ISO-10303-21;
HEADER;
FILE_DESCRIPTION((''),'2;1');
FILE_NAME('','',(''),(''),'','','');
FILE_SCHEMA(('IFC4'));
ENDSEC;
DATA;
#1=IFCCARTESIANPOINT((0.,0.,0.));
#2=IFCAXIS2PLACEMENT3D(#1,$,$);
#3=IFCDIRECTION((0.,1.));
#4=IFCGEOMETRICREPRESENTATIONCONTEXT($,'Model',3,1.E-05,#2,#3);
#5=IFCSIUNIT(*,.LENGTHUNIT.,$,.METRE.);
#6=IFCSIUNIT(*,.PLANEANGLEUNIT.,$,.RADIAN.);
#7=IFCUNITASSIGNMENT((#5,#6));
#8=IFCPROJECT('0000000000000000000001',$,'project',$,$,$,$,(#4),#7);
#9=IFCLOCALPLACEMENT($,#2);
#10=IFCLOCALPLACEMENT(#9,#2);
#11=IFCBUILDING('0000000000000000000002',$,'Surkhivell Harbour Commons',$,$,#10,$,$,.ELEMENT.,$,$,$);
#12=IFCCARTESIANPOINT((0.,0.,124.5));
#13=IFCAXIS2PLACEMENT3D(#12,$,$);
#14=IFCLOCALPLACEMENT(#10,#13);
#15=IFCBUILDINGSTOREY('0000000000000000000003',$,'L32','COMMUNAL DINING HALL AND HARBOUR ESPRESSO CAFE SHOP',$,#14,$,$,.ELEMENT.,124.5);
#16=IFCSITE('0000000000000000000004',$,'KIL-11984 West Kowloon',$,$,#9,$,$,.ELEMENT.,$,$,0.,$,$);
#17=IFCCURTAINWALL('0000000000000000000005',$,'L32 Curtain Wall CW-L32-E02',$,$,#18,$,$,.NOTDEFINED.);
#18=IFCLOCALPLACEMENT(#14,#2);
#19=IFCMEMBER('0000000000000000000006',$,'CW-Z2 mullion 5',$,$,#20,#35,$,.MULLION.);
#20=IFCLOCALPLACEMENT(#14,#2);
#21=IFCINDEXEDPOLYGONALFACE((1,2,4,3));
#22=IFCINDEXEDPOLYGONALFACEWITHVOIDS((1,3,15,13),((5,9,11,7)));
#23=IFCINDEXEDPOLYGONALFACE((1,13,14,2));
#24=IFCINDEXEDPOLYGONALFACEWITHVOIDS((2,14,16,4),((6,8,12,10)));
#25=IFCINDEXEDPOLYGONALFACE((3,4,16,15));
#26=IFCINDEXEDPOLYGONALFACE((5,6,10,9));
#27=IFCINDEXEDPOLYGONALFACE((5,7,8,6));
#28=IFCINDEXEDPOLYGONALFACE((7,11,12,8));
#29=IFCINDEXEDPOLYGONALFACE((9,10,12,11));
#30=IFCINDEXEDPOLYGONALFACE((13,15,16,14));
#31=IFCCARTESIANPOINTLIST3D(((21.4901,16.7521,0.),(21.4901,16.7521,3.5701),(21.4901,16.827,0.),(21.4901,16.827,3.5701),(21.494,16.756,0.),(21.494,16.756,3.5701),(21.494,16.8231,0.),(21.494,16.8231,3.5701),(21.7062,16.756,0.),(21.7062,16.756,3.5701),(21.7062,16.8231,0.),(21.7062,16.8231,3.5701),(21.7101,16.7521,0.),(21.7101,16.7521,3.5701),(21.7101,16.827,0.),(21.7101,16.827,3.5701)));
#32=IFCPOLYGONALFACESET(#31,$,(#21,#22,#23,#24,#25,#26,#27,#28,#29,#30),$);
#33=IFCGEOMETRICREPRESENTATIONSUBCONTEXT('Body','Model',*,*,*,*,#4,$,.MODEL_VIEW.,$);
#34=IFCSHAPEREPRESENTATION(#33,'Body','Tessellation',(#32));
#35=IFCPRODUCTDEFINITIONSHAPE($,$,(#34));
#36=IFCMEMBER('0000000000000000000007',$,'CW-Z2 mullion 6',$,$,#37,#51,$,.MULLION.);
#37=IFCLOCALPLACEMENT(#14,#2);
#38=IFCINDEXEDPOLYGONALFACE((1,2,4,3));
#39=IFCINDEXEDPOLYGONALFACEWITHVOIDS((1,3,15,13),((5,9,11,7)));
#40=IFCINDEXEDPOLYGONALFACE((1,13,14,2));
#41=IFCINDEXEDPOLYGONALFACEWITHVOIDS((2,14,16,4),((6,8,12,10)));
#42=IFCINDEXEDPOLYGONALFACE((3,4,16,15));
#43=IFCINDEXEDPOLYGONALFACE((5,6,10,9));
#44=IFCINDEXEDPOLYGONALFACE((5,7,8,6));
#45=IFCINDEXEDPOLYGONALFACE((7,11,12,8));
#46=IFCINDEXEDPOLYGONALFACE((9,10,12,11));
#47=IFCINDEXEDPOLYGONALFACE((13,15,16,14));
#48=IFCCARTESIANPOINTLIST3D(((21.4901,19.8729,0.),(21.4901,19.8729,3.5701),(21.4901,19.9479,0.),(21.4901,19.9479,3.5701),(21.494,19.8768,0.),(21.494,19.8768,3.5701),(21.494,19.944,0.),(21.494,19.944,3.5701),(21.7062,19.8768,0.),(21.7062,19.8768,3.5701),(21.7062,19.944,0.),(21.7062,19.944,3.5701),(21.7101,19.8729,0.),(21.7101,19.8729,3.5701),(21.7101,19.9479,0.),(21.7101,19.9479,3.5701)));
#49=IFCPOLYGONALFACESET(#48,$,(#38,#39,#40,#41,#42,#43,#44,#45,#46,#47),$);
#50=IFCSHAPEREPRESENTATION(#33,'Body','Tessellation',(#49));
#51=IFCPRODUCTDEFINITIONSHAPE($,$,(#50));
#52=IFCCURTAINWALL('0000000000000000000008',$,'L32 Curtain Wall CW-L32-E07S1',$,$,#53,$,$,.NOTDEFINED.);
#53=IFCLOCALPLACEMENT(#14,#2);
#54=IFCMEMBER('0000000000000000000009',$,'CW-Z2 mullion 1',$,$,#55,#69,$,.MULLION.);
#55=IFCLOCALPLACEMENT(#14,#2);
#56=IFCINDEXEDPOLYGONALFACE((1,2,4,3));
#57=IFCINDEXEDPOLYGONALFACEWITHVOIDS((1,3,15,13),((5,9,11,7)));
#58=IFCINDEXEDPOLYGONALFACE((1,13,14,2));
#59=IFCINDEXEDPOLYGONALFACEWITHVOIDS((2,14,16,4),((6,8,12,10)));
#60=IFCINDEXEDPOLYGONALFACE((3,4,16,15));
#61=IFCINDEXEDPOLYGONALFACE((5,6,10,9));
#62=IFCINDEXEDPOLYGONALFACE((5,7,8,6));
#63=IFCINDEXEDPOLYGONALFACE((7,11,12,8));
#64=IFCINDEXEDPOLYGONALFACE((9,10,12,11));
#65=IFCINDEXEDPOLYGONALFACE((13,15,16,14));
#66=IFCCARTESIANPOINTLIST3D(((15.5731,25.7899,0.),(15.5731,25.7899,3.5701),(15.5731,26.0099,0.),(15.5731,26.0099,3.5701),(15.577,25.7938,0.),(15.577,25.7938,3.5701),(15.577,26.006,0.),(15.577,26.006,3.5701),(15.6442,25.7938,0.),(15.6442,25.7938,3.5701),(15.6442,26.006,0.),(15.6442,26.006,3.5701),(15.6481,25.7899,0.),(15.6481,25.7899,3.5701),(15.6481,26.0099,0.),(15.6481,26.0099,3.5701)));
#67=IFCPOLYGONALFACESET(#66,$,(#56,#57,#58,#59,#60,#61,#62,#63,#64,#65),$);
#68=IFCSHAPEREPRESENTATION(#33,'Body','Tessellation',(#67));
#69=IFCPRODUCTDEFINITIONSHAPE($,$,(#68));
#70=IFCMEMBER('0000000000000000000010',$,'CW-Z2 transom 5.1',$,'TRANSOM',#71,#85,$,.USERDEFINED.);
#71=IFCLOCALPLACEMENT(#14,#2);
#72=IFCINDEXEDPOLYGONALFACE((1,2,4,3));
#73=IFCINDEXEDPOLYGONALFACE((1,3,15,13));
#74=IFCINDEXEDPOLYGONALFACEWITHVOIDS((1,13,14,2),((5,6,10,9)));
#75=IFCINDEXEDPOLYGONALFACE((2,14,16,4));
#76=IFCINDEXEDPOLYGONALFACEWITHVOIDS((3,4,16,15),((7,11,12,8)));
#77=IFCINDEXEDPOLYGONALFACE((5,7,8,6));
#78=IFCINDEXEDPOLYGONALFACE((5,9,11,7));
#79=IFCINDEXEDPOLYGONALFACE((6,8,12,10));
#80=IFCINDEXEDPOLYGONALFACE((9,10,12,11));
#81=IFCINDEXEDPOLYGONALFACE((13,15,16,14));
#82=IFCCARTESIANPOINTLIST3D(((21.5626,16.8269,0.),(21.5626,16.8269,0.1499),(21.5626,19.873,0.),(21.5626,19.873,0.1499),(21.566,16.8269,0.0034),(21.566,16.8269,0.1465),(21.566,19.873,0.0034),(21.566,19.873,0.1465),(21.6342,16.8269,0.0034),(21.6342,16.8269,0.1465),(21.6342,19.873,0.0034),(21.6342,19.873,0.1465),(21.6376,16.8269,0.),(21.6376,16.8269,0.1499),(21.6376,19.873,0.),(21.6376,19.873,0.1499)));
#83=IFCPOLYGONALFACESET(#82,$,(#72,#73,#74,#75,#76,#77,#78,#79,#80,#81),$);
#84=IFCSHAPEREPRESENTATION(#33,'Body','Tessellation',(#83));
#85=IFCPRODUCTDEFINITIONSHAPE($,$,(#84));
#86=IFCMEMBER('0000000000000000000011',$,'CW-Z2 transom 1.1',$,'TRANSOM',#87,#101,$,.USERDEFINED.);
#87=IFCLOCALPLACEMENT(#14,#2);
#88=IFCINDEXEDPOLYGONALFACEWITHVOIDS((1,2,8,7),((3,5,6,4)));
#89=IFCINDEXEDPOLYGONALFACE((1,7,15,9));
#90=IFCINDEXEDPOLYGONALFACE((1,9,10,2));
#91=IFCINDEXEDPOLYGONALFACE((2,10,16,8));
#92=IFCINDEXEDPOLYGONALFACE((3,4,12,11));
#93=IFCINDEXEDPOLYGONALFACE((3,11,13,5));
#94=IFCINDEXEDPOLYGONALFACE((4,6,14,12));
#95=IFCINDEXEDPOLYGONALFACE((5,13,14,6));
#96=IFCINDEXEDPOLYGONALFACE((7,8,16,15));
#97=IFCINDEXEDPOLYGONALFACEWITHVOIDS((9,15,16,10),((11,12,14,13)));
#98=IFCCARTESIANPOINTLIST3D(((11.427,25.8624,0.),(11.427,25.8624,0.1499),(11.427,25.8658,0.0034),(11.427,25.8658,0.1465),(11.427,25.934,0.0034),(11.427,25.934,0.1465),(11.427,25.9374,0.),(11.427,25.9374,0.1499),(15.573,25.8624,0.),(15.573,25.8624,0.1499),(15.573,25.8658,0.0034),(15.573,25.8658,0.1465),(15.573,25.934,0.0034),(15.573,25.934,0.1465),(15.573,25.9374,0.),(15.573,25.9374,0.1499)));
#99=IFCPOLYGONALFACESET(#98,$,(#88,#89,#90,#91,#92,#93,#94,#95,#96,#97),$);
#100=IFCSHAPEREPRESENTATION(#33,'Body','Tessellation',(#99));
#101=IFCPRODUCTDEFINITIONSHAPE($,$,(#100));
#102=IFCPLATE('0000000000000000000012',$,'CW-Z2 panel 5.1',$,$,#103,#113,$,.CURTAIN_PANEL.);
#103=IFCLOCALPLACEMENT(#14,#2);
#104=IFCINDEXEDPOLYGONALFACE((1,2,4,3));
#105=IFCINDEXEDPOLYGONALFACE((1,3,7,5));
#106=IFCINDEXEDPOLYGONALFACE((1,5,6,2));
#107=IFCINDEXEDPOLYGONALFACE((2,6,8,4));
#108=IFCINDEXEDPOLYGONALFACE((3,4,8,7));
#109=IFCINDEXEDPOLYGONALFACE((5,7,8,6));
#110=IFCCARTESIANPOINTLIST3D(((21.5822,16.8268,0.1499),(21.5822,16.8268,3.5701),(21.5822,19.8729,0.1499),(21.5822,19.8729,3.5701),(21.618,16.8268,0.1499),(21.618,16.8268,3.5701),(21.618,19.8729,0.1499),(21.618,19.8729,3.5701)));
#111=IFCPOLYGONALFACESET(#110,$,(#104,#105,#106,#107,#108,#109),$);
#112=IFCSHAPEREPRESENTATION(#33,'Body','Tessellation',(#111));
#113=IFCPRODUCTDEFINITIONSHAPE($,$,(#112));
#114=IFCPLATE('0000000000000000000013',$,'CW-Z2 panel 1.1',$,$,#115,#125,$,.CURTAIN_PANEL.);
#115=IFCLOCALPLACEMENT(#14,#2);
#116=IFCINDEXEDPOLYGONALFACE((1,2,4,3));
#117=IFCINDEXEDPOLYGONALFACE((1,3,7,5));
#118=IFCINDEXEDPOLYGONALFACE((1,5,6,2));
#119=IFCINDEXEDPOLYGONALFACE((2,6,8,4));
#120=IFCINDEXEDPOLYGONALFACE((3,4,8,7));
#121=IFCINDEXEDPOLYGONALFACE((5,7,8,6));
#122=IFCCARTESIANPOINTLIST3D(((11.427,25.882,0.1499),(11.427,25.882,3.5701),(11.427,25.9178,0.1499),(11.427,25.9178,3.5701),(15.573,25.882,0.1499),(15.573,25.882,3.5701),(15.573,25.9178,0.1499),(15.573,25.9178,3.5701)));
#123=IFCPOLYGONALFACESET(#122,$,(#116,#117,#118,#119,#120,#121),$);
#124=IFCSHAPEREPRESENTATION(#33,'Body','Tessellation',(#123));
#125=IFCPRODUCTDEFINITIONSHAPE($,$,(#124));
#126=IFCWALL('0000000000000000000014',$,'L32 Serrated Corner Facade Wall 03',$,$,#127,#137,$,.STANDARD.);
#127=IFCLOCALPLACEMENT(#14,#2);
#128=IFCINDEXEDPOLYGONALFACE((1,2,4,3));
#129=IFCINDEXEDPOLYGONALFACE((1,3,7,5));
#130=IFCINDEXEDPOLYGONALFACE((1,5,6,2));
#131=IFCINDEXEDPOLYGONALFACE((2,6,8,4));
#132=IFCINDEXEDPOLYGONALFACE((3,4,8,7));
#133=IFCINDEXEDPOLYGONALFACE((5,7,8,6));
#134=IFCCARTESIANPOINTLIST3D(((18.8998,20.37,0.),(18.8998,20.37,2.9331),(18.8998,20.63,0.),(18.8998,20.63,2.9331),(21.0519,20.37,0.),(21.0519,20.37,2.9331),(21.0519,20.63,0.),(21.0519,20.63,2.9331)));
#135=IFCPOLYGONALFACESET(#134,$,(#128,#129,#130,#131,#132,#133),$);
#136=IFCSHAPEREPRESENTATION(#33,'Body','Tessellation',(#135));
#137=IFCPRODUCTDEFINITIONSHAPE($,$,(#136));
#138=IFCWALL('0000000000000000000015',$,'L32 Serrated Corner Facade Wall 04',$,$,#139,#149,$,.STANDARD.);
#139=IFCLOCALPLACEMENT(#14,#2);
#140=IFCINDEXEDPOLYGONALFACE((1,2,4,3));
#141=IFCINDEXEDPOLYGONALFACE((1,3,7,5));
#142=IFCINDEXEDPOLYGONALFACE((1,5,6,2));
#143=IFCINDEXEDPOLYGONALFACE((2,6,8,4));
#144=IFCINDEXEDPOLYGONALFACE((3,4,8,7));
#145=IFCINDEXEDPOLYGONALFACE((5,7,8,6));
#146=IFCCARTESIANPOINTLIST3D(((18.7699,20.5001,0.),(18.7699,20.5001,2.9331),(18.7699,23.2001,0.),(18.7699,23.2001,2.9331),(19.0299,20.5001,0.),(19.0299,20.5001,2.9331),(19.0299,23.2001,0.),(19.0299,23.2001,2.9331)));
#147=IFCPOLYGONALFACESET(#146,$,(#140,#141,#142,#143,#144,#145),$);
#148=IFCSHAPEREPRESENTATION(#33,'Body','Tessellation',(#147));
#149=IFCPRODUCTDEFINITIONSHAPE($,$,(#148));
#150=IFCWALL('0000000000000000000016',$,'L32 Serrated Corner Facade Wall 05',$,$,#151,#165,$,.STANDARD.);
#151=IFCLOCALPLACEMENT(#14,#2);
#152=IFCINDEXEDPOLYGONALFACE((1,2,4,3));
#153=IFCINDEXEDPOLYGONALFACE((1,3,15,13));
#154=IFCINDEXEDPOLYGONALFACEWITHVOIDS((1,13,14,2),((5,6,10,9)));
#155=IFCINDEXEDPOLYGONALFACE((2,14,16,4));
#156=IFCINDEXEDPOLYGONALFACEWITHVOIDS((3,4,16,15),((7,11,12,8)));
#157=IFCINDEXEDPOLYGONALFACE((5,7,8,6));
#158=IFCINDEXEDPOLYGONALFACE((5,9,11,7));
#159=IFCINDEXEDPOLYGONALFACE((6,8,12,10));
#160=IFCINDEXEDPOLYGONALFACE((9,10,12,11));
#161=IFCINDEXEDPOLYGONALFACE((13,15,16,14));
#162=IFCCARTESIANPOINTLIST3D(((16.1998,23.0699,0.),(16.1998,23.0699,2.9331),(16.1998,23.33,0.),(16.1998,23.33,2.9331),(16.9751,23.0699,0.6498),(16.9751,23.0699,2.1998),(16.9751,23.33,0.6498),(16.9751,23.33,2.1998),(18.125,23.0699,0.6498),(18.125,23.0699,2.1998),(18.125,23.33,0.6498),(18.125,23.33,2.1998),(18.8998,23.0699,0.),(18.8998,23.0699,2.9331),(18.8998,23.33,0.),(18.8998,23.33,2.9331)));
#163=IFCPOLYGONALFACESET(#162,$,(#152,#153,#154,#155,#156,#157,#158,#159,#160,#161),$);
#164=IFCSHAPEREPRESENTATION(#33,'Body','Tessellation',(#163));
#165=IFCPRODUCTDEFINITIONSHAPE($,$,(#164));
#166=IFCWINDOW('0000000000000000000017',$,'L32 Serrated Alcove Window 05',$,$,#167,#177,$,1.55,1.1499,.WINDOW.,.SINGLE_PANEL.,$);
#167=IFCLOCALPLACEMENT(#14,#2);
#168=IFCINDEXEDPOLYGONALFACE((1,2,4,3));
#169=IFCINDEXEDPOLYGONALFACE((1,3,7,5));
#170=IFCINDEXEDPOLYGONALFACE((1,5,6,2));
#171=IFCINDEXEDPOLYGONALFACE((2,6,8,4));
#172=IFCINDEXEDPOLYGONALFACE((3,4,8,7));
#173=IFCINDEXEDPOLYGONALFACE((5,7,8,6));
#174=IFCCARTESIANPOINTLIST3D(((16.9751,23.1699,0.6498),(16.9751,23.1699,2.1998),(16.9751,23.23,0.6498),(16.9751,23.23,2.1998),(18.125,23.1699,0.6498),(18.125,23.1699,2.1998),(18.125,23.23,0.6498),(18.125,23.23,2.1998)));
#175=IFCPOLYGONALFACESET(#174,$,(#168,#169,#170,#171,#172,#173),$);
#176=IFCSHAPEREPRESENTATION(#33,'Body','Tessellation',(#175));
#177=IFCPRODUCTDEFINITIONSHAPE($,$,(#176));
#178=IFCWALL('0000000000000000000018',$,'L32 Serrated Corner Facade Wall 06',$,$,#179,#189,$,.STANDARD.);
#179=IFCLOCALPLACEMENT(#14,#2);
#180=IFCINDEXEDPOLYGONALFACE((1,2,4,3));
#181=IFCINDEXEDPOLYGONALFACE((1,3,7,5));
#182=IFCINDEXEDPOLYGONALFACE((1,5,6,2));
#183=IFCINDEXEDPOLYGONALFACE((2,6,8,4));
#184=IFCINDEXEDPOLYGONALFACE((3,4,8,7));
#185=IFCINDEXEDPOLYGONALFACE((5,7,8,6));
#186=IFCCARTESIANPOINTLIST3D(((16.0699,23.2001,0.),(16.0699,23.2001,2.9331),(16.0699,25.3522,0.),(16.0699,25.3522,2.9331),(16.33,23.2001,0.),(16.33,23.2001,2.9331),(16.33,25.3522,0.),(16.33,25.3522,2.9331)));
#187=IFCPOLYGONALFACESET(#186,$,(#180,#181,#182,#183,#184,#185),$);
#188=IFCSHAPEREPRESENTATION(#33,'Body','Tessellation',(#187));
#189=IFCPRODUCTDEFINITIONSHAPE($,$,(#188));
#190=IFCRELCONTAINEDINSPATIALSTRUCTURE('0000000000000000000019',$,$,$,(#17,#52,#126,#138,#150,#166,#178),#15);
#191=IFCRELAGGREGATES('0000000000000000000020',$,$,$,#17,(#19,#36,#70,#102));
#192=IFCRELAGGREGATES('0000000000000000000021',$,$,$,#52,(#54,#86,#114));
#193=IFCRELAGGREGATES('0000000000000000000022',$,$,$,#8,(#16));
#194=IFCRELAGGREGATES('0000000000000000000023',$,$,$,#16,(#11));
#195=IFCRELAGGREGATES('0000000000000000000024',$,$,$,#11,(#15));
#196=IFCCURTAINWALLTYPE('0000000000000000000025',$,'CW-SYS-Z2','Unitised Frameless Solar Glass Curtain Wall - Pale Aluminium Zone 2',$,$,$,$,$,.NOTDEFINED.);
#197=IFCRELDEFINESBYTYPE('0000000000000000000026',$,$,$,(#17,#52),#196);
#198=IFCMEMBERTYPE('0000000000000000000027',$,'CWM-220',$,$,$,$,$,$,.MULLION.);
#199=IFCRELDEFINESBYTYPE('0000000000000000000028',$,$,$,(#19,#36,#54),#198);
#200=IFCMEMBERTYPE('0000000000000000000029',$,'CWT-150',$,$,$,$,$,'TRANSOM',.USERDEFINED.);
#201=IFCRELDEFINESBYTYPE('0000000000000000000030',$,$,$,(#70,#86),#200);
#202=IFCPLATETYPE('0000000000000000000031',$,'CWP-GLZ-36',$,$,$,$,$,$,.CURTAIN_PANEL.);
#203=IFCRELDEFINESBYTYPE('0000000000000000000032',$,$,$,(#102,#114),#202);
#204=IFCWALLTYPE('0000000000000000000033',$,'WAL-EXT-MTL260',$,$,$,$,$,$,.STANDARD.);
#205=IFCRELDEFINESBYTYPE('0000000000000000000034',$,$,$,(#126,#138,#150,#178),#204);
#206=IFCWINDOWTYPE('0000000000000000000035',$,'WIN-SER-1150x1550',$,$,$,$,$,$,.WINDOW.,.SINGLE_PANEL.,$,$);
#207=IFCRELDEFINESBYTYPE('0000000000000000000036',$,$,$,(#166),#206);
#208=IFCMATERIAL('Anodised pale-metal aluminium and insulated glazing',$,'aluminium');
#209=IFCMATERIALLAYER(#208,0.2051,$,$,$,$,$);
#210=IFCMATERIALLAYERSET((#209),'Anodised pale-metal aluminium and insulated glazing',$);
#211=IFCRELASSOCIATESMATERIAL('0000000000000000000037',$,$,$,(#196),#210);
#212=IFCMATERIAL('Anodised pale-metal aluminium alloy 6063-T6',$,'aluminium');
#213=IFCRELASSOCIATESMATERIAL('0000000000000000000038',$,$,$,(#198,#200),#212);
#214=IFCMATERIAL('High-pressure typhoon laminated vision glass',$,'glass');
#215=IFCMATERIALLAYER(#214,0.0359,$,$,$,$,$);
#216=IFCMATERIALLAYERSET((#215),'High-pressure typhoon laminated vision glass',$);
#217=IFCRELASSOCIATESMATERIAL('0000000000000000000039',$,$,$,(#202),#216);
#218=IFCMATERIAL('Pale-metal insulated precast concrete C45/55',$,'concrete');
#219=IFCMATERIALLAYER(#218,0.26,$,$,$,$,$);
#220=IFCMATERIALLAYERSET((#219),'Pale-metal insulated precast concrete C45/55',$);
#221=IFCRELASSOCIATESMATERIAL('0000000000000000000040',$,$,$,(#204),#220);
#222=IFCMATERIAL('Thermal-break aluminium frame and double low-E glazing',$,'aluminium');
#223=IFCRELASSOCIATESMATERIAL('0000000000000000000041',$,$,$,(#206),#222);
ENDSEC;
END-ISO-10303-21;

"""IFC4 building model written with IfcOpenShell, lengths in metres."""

from ifc_helpers import new_model, si_unit, direction, frame, frame_2d, origin, origin_2d, place, context, subcontext, project, spatial, rectangle, hollow_rectangle, extrude, material, layer, layer_set, material_profile, profile_set, type_object, element, fill, aggregate, save


model = new_model("IFC4")

# Units and contexts
model_context = context("Model", 3, precision=1e-05, world=origin(), true_north=direction((0.0, 1.0)))
body_context = subcontext(model_context, "Body", "Model", "MODEL_VIEW")
ifc_project = project(units=[si_unit("LENGTHUNIT", "METRE"), si_unit("PLANEANGLEUNIT", "RADIAN")], contexts=[model_context])

# Site, building, storey
site_placement = place(None, origin())
site = spatial("IfcSite", under=ifc_project, at=site_placement, Name="KIL-11984 West Kowloon", CompositionType="ELEMENT", RefElevation=0.0)
building_placement = place(site_placement, origin())
building = spatial("IfcBuilding", under=site, at=building_placement, Name="Surkhivell Harbour Commons", CompositionType="ELEMENT")
storey_placement = place(building_placement, frame((0.0, 0.0, 124.5)))
storey = spatial("IfcBuildingStorey", under=building, at=storey_placement, Name="L32", Description="COMMUNAL DINING HALL AND HARBOUR ESPRESSO CAFE SHOP", CompositionType="ELEMENT", Elevation=124.5)

# Curtain wall, members
ifc_material_1 = material(Name="Anodised pale-metal aluminium and insulated glazing", Category="aluminium")
ifc_layer_1 = layer(ifc_material_1, 0.2051)
ifc_layer_set_1 = layer_set([ifc_layer_1], Name="Anodised pale-metal aluminium and insulated glazing")
curtain_wall_type = type_object("IfcCurtainWallType", Name="CW-SYS-Z2", Description="Unitised Frameless Solar Glass Curtain Wall - Pale Aluminium Zone 2", PredefinedType="NOTDEFINED", material=ifc_layer_set_1)
curtain_wall_1_placement = place(storey_placement, origin())
curtain_wall_1 = element("IfcCurtainWall", 1, at=curtain_wall_1_placement, inside=storey, type_object=curtain_wall_type, Name="L32 Curtain Wall CW-L32-E02", PredefinedType="NOTDEFINED")
ifc_material_2 = material(Name="Anodised pale-metal aluminium alloy 6063-T6", Category="aluminium")
ifc_material_profile_1 = material_profile(ifc_material_2, hollow_rectangle(XDim=0.075, YDim=0.22, WallThickness=0.0039, at=origin_2d()), Name="ALU-MULL-75x220")
ifc_profile_set_1 = profile_set([ifc_material_profile_1], Name="Anodised pale-metal aluminium alloy 6063-T6")
member_type_1 = type_object("IfcMemberType", Name="CWM-220", PredefinedType="MULLION", material=ifc_profile_set_1)
member_1_placement = place(storey_placement, frame((21.6001, 16.7896, 0.0), z_axis=(0.0, 0.0, 1.0), x_axis=(0.0, 1.0, 0.0)))
member_1 = element("IfcMember", 2, at=member_1_placement, type_object=member_type_1, Name="CW-Z2 mullion 5", PredefinedType="MULLION", context=body_context, shape_type="SweptSolid", body=[
    extrude(hollow_rectangle(XDim=0.075, YDim=0.22, WallThickness=0.0039, at=origin_2d()), origin(), (0.0, 0.0, 1.0), 3.5701),
])
member_2_placement = place(storey_placement, frame((21.6001, 19.9104, 0.0), z_axis=(0.0, 0.0, 1.0), x_axis=(0.0, 1.0, 0.0)))
member_2 = element("IfcMember", 3, at=member_2_placement, type_object=member_type_1, Name="CW-Z2 mullion 6", PredefinedType="MULLION", context=body_context, shape_type="SweptSolid", body=[
    extrude(hollow_rectangle(XDim=0.075, YDim=0.22, WallThickness=0.0039, at=origin_2d()), origin(), (0.0, 0.0, 1.0), 3.5701),
])

# Curtain wall, member
curtain_wall_2_placement = place(storey_placement, origin())
curtain_wall_2 = element("IfcCurtainWall", 4, at=curtain_wall_2_placement, inside=storey, type_object=curtain_wall_type, Name="L32 Curtain Wall CW-L32-E07S1", PredefinedType="NOTDEFINED")
member_3_placement = place(storey_placement, frame((15.6106, 25.8999, 0.0), z_axis=(0.0, 0.0, 1.0), x_axis=(-1.0, 0.0, 0.0)))
member_3 = element("IfcMember", 5, at=member_3_placement, type_object=member_type_1, Name="CW-Z2 mullion 1", PredefinedType="MULLION", context=body_context, shape_type="SweptSolid", body=[
    extrude(hollow_rectangle(XDim=0.075, YDim=0.22, WallThickness=0.0039, at=origin_2d()), origin(), (0.0, 0.0, 1.0), 3.5701),
])

# Members
ifc_material_profile_2 = material_profile(ifc_material_2, hollow_rectangle(XDim=0.075, YDim=0.1499, WallThickness=0.0034, at=origin_2d()), Name="ALU-TRAN-75x150")
ifc_profile_set_2 = profile_set([ifc_material_profile_2], Name="Anodised pale-metal aluminium alloy 6063-T6")
member_type_2 = type_object("IfcMemberType", Name="CWT-150", ElementType="TRANSOM", PredefinedType="USERDEFINED", material=ifc_profile_set_2)
member_4_placement = place(storey_placement, frame((21.6001, 16.8269, 0.075), z_axis=(0.0, 1.0, 0.0), x_axis=(-1.0, 0.0, 0.0)))
member_4 = element("IfcMember", 6, at=member_4_placement, type_object=member_type_2, Name="CW-Z2 transom 5.1", ObjectType="TRANSOM", PredefinedType="USERDEFINED", context=body_context, shape_type="SweptSolid", body=[
    extrude(hollow_rectangle(XDim=0.075, YDim=0.1499, WallThickness=0.0034, at=origin_2d()), origin(), (0.0, 0.0, 1.0), 3.0461),
])
member_5_placement = place(storey_placement, frame((15.573, 25.8999, 0.075), z_axis=(-1.0, 0.0, 0.0), x_axis=(0.0, -1.0, 0.0)))
member_5 = element("IfcMember", 7, at=member_5_placement, type_object=member_type_2, Name="CW-Z2 transom 1.1", ObjectType="TRANSOM", PredefinedType="USERDEFINED", context=body_context, shape_type="SweptSolid", body=[
    extrude(hollow_rectangle(XDim=0.075, YDim=0.1499, WallThickness=0.0034, at=origin_2d()), origin(), (0.0, 0.0, 1.0), 4.146),
])

# Plates
ifc_material_3 = material(Name="High-pressure typhoon laminated vision glass", Category="glass")
ifc_layer_2 = layer(ifc_material_3, 0.0359)
ifc_layer_set_2 = layer_set([ifc_layer_2], Name="High-pressure typhoon laminated vision glass")
plate_type = type_object("IfcPlateType", Name="CWP-GLZ-36", PredefinedType="CURTAIN_PANEL", material=ifc_layer_set_2)
plate_1_placement = place(storey_placement, frame((21.6001, 16.8269, 0.1499), z_axis=(0.0, 0.0, 1.0), x_axis=(0.0, 1.0, 0.0)))
plate_1 = element("IfcPlate", 8, at=plate_1_placement, type_object=plate_type, Name="CW-Z2 panel 5.1", PredefinedType="CURTAIN_PANEL", context=body_context, shape_type="SweptSolid", body=[
    extrude(rectangle(XDim=3.0461, YDim=0.0359, at=frame_2d((1.5229, 0.0))), origin(), (0.0, 0.0, 1.0), 3.4202),
])
aggregate(curtain_wall_1, [member_1, member_2, member_4, plate_1])
plate_2_placement = place(storey_placement, frame((15.573, 25.8999, 0.1499), z_axis=(0.0, 0.0, 1.0), x_axis=(-1.0, 0.0, 0.0)))
plate_2 = element("IfcPlate", 9, at=plate_2_placement, type_object=plate_type, Name="CW-Z2 panel 1.1", PredefinedType="CURTAIN_PANEL", context=body_context, shape_type="SweptSolid", body=[
    extrude(rectangle(XDim=4.146, YDim=0.0359, at=frame_2d((2.073, 0.0))), origin(), (0.0, 0.0, 1.0), 3.4202),
])
aggregate(curtain_wall_2, [member_3, member_5, plate_2])

# Walls
ifc_material_4 = material(Name="Pale-metal insulated precast concrete C45/55", Category="concrete")
ifc_layer_3 = layer(ifc_material_4, 0.26)
ifc_layer_set_3 = layer_set([ifc_layer_3], Name="Pale-metal insulated precast concrete C45/55")
wall_type_1 = type_object("IfcWallType", Name="WAL-EXT-MTL260", PredefinedType="STANDARD", material=ifc_layer_set_3)
wall_1_placement = place(storey_placement, frame((21.052, 20.5, 0.0), z_axis=(0.0, 0.0, 1.0), x_axis=(-1.0, 0.0, 0.0)))
element("IfcWall", 10, at=wall_1_placement, inside=storey, type_object=wall_type_1, Name="L32 Serrated Corner Facade Wall 03", PredefinedType="STANDARD", context=body_context, shape_type="SweptSolid", body=[
    extrude(rectangle(XDim=2.1521, YDim=0.26, at=frame_2d((1.0762, 0.0))), origin(), (0.0, 0.0, 1.0), 2.9331),
])
wall_2_placement = place(storey_placement, frame((18.8999, 20.5, 0.0), z_axis=(0.0, 0.0, 1.0), x_axis=(0.0, 1.0, 0.0)))
element("IfcWall", 11, at=wall_2_placement, inside=storey, type_object=wall_type_1, Name="L32 Serrated Corner Facade Wall 04", PredefinedType="STANDARD", context=body_context, shape_type="SweptSolid", body=[
    extrude(rectangle(XDim=2.7, YDim=0.26, at=frame_2d((1.3501, 0.0))), origin(), (0.0, 0.0, 1.0), 2.9331),
])

# Wall, opening, window
wall_3_placement = place(storey_placement, frame((18.8999, 23.2, 0.0), z_axis=(0.0, 0.0, 1.0), x_axis=(-1.0, 0.0, 0.0)))
wall_3 = element("IfcWall", 12, at=wall_3_placement, inside=storey, type_object=wall_type_1, Name="L32 Serrated Corner Facade Wall 05", PredefinedType="STANDARD", context=body_context, shape_type="SweptSolid", body=[
    extrude(rectangle(XDim=2.7, YDim=0.26, at=frame_2d((1.3501, 0.0))), origin(), (0.0, 0.0, 1.0), 2.9331),
])
opening_placement = place(wall_3_placement, frame((0.7749, 0.0, 0.6499)))
opening = element("IfcOpeningElement", 13, at=opening_placement, cuts=wall_3, PredefinedType="OPENING", context=body_context, shape_type="SweptSolid", body=[
    extrude(rectangle(XDim=1.1499, YDim=1.55, at=frame_2d((0.575, 0.7749))), frame((0.0, 0.1399, 0.0), z_axis=(0.0, -1.0, 0.0), x_axis=(1.0, 0.0, 0.0)), (0.0, 0.0, 1.0), 0.28),
])
ifc_material_5 = material(Name="Thermal-break aluminium frame and double low-E glazing", Category="aluminium")
window_type = type_object("IfcWindowType", Name="WIN-SER-1150x1550", PartitioningType="SINGLE_PANEL", PredefinedType="WINDOW", material=ifc_material_5)
window_placement = place(opening_placement, origin())
window = element("IfcWindow", 14, at=window_placement, inside=storey, type_object=window_type, Name="L32 Serrated Alcove Window 05", OverallHeight=1.55, OverallWidth=1.1499, PartitioningType="SINGLE_PANEL", PredefinedType="WINDOW", context=body_context, shape_type="SweptSolid", body=[
    extrude(rectangle(XDim=1.1499, YDim=1.55, at=frame_2d((0.575, 0.7749))), frame((0.0, 0.03, 0.0), z_axis=(0.0, -1.0, 0.0), x_axis=(1.0, 0.0, 0.0)), (0.0, 0.0, 1.0), 0.0601),
])
fill(opening, window)

# Wall
wall_4_placement = place(storey_placement, frame((16.2, 23.2, 0.0), z_axis=(0.0, 0.0, 1.0), x_axis=(0.0, 1.0, 0.0)))
element("IfcWall", 15, at=wall_4_placement, inside=storey, type_object=wall_type_1, Name="L32 Serrated Corner Facade Wall 06", PredefinedType="STANDARD", context=body_context, shape_type="SweptSolid", body=[
    extrude(rectangle(XDim=2.1521, YDim=0.26, at=frame_2d((1.0762, 0.0))), origin(), (0.0, 0.0, 1.0), 2.9331),
])

save(model, "model.ifc")
